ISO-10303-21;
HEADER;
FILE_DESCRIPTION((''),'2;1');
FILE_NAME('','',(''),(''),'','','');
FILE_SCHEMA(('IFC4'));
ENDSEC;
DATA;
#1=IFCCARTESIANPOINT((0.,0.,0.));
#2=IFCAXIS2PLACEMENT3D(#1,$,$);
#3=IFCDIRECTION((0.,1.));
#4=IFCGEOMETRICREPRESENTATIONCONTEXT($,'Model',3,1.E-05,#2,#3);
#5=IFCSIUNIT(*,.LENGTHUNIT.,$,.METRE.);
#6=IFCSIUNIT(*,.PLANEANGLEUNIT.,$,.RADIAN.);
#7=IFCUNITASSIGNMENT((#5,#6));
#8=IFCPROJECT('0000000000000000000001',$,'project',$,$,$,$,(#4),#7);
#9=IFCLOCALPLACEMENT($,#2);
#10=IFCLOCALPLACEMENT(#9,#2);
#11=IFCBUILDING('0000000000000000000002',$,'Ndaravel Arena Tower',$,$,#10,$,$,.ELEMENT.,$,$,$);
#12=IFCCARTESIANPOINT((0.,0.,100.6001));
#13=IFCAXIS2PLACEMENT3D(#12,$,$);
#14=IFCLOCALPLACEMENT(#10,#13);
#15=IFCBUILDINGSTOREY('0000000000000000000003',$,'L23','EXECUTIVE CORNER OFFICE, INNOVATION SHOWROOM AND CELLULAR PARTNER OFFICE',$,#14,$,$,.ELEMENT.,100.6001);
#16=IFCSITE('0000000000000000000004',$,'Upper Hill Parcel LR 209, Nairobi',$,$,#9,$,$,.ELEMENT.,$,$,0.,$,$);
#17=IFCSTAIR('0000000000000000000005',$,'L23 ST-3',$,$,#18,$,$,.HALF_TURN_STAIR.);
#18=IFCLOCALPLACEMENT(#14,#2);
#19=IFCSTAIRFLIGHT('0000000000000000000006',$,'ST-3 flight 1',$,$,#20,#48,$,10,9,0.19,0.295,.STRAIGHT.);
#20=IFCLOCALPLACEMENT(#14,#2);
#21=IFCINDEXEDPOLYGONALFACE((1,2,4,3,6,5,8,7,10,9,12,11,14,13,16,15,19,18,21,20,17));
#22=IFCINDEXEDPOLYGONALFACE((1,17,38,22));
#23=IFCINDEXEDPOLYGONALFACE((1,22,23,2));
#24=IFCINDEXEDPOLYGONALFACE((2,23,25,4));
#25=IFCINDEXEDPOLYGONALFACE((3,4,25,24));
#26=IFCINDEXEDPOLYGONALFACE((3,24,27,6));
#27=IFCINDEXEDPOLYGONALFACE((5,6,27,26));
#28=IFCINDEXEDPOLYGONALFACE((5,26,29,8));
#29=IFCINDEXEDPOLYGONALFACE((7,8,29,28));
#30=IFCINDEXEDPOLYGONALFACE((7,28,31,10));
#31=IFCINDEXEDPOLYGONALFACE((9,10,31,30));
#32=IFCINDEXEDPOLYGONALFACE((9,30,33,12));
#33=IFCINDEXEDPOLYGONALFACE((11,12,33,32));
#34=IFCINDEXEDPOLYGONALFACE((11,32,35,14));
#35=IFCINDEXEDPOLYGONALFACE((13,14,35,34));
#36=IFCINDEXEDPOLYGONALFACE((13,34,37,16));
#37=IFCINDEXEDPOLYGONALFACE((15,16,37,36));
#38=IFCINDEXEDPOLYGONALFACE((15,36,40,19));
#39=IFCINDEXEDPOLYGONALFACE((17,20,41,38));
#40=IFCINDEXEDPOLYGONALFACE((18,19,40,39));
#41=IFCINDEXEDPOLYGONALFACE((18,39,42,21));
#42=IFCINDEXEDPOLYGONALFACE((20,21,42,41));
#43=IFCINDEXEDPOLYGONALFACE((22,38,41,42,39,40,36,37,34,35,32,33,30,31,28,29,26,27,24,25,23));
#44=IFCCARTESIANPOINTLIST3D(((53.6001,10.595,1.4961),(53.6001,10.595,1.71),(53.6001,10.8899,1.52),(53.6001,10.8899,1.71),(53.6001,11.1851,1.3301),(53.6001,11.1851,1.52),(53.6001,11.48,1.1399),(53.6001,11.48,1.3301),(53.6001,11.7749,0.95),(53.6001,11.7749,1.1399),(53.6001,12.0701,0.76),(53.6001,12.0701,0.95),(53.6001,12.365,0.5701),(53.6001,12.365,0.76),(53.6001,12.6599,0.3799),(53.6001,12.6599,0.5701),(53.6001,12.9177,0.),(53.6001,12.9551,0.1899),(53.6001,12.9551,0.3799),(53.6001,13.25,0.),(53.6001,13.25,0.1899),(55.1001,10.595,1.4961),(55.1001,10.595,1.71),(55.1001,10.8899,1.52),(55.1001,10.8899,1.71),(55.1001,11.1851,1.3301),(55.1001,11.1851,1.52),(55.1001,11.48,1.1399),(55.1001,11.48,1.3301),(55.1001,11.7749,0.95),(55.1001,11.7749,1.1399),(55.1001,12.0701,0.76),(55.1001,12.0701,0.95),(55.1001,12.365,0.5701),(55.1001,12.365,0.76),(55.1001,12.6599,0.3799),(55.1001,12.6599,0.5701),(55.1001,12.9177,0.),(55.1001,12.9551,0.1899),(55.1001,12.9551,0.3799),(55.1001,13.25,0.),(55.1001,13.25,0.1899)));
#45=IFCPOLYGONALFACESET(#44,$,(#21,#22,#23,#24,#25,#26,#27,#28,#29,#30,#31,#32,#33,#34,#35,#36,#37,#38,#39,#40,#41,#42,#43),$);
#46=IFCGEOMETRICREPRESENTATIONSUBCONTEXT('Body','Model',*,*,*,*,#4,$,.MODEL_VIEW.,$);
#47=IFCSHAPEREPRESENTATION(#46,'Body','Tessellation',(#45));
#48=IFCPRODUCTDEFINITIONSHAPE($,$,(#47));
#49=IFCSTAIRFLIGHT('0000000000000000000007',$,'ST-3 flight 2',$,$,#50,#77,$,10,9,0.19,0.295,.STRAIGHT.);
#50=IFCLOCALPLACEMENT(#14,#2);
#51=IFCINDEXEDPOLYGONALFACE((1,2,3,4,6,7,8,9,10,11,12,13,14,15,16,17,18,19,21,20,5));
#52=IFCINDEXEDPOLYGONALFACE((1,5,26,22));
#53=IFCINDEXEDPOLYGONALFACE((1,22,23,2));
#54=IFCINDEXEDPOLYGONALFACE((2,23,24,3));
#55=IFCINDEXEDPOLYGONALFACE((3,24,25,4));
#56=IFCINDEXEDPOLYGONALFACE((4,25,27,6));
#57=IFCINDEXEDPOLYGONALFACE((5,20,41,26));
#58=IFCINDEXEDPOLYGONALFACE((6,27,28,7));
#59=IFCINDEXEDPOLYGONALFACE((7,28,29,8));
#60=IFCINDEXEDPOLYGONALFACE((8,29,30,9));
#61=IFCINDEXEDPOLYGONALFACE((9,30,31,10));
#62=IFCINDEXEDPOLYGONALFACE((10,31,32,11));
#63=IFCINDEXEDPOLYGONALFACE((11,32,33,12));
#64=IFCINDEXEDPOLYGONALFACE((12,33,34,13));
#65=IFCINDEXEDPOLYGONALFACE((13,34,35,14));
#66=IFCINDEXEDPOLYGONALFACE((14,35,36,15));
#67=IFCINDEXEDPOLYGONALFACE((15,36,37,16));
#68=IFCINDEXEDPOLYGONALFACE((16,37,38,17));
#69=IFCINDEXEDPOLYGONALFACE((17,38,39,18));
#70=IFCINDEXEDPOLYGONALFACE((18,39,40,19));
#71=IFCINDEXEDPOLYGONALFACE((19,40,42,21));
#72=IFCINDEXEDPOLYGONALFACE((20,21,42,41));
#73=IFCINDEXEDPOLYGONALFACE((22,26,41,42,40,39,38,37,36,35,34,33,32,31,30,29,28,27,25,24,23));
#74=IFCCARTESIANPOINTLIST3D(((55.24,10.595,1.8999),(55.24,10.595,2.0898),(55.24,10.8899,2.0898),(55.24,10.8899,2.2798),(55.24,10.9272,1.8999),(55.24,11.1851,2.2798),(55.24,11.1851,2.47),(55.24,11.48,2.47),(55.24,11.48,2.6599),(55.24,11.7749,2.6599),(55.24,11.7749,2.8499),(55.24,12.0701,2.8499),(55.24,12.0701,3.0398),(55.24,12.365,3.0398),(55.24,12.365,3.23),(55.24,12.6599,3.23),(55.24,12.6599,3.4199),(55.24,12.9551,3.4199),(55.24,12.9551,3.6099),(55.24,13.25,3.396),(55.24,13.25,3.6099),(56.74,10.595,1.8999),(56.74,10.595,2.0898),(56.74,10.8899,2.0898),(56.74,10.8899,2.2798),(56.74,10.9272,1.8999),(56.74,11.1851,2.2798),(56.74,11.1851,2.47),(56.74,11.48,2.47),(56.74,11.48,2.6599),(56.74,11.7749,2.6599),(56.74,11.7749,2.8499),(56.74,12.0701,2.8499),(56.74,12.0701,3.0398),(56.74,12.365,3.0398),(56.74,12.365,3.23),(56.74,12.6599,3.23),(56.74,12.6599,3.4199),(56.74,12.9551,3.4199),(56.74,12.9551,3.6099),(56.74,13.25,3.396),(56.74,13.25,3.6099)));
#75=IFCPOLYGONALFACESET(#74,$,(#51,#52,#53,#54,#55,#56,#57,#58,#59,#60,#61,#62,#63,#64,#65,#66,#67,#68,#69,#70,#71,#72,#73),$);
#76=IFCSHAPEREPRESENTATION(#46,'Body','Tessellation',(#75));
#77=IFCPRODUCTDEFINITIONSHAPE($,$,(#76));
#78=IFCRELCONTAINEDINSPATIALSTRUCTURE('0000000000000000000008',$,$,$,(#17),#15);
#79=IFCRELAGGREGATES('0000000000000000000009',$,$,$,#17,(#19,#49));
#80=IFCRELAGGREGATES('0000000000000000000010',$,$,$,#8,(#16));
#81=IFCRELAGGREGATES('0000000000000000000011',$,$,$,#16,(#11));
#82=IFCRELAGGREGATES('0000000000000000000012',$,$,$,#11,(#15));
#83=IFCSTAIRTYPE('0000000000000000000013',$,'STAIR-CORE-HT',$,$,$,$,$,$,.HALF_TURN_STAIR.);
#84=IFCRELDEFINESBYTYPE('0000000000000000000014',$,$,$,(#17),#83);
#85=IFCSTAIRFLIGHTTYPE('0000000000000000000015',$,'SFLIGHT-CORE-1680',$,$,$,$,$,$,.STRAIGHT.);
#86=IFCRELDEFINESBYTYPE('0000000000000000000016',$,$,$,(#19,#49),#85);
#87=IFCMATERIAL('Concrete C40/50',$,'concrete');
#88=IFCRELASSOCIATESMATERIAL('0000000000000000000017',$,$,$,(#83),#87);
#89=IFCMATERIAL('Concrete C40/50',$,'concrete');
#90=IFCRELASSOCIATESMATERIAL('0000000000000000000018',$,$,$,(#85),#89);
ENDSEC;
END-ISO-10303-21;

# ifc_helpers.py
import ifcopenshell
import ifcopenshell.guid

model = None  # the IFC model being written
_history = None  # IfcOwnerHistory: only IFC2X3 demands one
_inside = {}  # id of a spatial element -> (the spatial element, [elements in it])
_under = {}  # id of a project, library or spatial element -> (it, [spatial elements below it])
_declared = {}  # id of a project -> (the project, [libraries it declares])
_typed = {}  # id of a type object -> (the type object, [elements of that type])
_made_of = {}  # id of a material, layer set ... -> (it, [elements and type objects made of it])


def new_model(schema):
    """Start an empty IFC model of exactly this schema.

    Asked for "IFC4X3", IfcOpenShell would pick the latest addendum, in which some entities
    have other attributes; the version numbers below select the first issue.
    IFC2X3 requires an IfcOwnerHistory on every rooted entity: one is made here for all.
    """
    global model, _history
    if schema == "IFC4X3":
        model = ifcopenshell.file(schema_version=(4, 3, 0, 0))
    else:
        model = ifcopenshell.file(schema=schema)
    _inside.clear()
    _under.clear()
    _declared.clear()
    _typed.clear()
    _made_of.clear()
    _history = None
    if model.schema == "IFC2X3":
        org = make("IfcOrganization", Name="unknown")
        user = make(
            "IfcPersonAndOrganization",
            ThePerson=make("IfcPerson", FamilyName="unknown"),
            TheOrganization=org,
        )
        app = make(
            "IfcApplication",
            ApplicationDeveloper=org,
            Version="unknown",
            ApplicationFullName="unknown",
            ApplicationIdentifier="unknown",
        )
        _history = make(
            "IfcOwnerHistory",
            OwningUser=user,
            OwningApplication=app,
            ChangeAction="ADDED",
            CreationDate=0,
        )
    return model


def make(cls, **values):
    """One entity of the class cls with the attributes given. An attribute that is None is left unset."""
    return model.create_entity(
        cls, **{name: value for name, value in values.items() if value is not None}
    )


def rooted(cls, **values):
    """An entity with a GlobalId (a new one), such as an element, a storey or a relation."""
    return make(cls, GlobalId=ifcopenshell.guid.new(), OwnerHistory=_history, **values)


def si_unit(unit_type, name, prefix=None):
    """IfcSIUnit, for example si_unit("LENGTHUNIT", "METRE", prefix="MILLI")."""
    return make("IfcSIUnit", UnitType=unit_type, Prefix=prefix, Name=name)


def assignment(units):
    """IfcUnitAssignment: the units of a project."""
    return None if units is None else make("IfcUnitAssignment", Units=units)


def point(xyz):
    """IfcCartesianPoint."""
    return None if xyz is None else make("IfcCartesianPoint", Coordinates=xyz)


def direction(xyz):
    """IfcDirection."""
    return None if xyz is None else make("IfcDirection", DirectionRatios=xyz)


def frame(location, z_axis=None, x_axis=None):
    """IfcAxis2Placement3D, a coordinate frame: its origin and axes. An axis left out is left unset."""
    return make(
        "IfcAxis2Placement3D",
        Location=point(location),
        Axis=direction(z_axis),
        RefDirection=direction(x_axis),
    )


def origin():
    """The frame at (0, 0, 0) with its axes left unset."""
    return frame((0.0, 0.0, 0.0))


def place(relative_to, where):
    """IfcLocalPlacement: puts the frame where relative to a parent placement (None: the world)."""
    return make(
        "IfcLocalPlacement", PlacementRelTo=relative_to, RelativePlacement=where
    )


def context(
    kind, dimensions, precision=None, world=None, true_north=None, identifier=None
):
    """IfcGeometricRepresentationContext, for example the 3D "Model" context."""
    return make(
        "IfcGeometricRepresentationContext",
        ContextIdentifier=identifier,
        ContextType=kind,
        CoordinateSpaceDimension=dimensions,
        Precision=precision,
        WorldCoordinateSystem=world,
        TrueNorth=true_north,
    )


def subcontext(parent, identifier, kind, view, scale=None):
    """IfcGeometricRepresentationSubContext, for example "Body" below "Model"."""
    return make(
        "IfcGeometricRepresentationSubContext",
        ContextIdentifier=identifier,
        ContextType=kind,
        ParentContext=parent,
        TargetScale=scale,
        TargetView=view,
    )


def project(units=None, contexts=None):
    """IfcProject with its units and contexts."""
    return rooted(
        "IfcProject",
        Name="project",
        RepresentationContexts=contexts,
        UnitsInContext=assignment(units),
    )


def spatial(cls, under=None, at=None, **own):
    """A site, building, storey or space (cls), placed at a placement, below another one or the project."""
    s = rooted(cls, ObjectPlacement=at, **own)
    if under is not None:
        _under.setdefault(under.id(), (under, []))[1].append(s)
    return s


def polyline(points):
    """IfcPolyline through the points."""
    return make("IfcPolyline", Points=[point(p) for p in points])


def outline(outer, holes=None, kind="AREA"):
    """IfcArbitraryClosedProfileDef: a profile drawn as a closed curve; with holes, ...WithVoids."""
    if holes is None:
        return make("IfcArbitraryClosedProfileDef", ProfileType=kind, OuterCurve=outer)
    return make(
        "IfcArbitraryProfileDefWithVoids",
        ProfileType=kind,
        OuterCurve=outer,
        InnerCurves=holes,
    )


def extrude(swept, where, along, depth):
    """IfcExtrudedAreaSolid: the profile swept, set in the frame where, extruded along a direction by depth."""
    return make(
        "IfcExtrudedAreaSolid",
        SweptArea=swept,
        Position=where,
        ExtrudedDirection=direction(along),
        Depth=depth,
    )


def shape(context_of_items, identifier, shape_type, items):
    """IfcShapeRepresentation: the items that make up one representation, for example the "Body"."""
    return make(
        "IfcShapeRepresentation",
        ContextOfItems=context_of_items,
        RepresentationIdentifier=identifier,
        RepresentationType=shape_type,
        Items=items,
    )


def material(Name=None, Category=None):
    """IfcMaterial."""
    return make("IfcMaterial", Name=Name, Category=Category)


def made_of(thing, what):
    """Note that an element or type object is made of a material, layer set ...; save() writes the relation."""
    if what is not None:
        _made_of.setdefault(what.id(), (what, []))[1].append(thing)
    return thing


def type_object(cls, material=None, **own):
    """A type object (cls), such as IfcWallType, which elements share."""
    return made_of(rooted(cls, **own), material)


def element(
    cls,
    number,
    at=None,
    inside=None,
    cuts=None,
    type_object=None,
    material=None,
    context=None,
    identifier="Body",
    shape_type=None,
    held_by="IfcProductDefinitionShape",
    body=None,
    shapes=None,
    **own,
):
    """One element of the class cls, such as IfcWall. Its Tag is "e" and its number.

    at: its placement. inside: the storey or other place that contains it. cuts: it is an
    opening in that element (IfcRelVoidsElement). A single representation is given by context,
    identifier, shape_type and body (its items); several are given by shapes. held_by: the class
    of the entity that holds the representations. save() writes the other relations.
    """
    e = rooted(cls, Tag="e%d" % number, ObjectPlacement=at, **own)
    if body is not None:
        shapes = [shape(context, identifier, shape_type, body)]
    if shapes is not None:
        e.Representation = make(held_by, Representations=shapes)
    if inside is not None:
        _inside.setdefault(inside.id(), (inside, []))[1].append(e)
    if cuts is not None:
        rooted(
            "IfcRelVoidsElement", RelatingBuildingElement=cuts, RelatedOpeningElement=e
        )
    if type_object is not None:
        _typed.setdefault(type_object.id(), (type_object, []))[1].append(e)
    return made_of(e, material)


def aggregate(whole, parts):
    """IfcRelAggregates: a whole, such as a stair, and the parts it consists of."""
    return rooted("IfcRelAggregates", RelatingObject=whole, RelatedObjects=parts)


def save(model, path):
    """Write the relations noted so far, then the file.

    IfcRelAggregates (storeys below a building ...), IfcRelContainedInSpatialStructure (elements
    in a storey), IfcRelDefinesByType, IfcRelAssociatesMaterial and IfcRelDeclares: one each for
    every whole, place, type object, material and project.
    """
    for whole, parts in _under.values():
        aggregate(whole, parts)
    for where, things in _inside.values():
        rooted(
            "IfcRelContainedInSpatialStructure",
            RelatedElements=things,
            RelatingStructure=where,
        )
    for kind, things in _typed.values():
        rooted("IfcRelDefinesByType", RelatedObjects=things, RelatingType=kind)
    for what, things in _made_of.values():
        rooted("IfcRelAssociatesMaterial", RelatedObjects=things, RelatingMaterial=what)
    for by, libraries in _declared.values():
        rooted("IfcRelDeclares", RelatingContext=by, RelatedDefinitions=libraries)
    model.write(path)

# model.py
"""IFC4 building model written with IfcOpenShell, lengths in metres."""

from ifc_helpers import new_model, si_unit, direction, frame, origin, place, context, subcontext, project, spatial, polyline, outline, extrude, material, type_object, element, aggregate, save


model = new_model("IFC4")

# Units and contexts
model_context = context("Model", 3, precision=1e-05, world=origin(), true_north=direction((0.0, 1.0)))
body_context = subcontext(model_context, "Body", "Model", "MODEL_VIEW")
ifc_project = project(units=[si_unit("LENGTHUNIT", "METRE"), si_unit("PLANEANGLEUNIT", "RADIAN")], contexts=[model_context])

# Site, building, storey
site_placement = place(None, origin())
site = spatial("IfcSite", under=ifc_project, at=site_placement, Name="Upper Hill Parcel LR 209, Nairobi", CompositionType="ELEMENT", RefElevation=0.0)
building_placement = place(site_placement, origin())
building = spatial("IfcBuilding", under=site, at=building_placement, Name="Ndaravel Arena Tower", CompositionType="ELEMENT")
storey_placement = place(building_placement, frame((0.0, 0.0, 100.6001)))
storey = spatial("IfcBuildingStorey", under=building, at=storey_placement, Name="L23", Description="EXECUTIVE CORNER OFFICE, INNOVATION SHOWROOM AND CELLULAR PARTNER OFFICE", CompositionType="ELEMENT", Elevation=100.6001)

# Stair, stair flights
ifc_material_1 = material(Name="Concrete C40/50", Category="concrete")
stair_type = type_object("IfcStairType", Name="STAIR-CORE-HT", PredefinedType="HALF_TURN_STAIR", material=ifc_material_1)
stair_placement = place(storey_placement, origin())
stair = element("IfcStair", 1, at=stair_placement, inside=storey, type_object=stair_type, Name="L23 ST-3", PredefinedType="HALF_TURN_STAIR")
ifc_material_2 = material(Name="Concrete C40/50", Category="concrete")
stair_flight_type = type_object("IfcStairFlightType", Name="SFLIGHT-CORE-1680", PredefinedType="STRAIGHT", material=ifc_material_2)
stair_flight_1_placement = place(storey_placement, frame((54.3501, 13.25, 0.0), z_axis=(0.0, 0.0, 1.0), x_axis=(0.0, -1.0, 0.0)))
stair_flight_1 = element("IfcStairFlight", 2, at=stair_flight_1_placement, type_object=stair_flight_type, Name="ST-3 flight 1", NumberOfRisers=10, NumberOfTreads=9, PredefinedType="STRAIGHT", RiserHeight=0.19, TreadLength=0.295, context=body_context, shape_type="SweptSolid", body=[
    extrude(outline(polyline([(0.0, 0.0), (0.0, 0.1899), (0.2949, 0.1899), (0.2949, 0.3799), (0.5901, 0.3799), (0.5901, 0.5701), (0.885, 0.5701), (0.885, 0.76), (1.1799, 0.76), (1.1799, 0.95), (1.4751, 0.95), (1.4751, 1.1399), (1.77, 1.1399), (1.77, 1.3301), (2.0649, 1.3301), (2.0649, 1.52), (2.3601, 1.52), (2.3601, 1.71), (2.655, 1.71), (2.655, 1.8999), (2.655, 1.4961), (0.3323, 0.0), (0.0, 0.0)])), frame((0.0, 0.75, 0.0), z_axis=(0.0, -1.0, 0.0), x_axis=(1.0, 0.0, 0.0)), (0.0, 0.0, 1.0), 1.5),
])
stair_flight_2_placement = place(storey_placement, frame((55.99, 10.595, 1.8999), z_axis=(0.0, 0.0, 1.0), x_axis=(0.0, 1.0, 0.0)))
stair_flight_2 = element("IfcStairFlight", 3, at=stair_flight_2_placement, type_object=stair_flight_type, Name="ST-3 flight 2", NumberOfRisers=10, NumberOfTreads=9, PredefinedType="STRAIGHT", RiserHeight=0.19, TreadLength=0.295, context=body_context, shape_type="SweptSolid", body=[
    extrude(outline(polyline([(0.0, 0.0), (0.0, 0.1899), (0.2949, 0.1899), (0.2949, 0.3799), (0.5901, 0.3799), (0.5901, 0.5701), (0.885, 0.5701), (0.885, 0.76), (1.1799, 0.76), (1.1799, 0.95), (1.4751, 0.95), (1.4751, 1.1399), (1.77, 1.1399), (1.77, 1.3301), (2.0649, 1.3301), (2.0649, 1.52), (2.3601, 1.52), (2.3601, 1.71), (2.655, 1.71), (2.655, 1.8999), (2.655, 1.4961), (0.3323, 0.0), (0.0, 0.0)])), frame((0.0, 0.75, 0.0), z_axis=(0.0, -1.0, 0.0), x_axis=(1.0, 0.0, 0.0)), (0.0, 0.0, 1.0), 1.5),
])
aggregate(stair, [stair_flight_1, stair_flight_2])

save(model, "model.ifc")
